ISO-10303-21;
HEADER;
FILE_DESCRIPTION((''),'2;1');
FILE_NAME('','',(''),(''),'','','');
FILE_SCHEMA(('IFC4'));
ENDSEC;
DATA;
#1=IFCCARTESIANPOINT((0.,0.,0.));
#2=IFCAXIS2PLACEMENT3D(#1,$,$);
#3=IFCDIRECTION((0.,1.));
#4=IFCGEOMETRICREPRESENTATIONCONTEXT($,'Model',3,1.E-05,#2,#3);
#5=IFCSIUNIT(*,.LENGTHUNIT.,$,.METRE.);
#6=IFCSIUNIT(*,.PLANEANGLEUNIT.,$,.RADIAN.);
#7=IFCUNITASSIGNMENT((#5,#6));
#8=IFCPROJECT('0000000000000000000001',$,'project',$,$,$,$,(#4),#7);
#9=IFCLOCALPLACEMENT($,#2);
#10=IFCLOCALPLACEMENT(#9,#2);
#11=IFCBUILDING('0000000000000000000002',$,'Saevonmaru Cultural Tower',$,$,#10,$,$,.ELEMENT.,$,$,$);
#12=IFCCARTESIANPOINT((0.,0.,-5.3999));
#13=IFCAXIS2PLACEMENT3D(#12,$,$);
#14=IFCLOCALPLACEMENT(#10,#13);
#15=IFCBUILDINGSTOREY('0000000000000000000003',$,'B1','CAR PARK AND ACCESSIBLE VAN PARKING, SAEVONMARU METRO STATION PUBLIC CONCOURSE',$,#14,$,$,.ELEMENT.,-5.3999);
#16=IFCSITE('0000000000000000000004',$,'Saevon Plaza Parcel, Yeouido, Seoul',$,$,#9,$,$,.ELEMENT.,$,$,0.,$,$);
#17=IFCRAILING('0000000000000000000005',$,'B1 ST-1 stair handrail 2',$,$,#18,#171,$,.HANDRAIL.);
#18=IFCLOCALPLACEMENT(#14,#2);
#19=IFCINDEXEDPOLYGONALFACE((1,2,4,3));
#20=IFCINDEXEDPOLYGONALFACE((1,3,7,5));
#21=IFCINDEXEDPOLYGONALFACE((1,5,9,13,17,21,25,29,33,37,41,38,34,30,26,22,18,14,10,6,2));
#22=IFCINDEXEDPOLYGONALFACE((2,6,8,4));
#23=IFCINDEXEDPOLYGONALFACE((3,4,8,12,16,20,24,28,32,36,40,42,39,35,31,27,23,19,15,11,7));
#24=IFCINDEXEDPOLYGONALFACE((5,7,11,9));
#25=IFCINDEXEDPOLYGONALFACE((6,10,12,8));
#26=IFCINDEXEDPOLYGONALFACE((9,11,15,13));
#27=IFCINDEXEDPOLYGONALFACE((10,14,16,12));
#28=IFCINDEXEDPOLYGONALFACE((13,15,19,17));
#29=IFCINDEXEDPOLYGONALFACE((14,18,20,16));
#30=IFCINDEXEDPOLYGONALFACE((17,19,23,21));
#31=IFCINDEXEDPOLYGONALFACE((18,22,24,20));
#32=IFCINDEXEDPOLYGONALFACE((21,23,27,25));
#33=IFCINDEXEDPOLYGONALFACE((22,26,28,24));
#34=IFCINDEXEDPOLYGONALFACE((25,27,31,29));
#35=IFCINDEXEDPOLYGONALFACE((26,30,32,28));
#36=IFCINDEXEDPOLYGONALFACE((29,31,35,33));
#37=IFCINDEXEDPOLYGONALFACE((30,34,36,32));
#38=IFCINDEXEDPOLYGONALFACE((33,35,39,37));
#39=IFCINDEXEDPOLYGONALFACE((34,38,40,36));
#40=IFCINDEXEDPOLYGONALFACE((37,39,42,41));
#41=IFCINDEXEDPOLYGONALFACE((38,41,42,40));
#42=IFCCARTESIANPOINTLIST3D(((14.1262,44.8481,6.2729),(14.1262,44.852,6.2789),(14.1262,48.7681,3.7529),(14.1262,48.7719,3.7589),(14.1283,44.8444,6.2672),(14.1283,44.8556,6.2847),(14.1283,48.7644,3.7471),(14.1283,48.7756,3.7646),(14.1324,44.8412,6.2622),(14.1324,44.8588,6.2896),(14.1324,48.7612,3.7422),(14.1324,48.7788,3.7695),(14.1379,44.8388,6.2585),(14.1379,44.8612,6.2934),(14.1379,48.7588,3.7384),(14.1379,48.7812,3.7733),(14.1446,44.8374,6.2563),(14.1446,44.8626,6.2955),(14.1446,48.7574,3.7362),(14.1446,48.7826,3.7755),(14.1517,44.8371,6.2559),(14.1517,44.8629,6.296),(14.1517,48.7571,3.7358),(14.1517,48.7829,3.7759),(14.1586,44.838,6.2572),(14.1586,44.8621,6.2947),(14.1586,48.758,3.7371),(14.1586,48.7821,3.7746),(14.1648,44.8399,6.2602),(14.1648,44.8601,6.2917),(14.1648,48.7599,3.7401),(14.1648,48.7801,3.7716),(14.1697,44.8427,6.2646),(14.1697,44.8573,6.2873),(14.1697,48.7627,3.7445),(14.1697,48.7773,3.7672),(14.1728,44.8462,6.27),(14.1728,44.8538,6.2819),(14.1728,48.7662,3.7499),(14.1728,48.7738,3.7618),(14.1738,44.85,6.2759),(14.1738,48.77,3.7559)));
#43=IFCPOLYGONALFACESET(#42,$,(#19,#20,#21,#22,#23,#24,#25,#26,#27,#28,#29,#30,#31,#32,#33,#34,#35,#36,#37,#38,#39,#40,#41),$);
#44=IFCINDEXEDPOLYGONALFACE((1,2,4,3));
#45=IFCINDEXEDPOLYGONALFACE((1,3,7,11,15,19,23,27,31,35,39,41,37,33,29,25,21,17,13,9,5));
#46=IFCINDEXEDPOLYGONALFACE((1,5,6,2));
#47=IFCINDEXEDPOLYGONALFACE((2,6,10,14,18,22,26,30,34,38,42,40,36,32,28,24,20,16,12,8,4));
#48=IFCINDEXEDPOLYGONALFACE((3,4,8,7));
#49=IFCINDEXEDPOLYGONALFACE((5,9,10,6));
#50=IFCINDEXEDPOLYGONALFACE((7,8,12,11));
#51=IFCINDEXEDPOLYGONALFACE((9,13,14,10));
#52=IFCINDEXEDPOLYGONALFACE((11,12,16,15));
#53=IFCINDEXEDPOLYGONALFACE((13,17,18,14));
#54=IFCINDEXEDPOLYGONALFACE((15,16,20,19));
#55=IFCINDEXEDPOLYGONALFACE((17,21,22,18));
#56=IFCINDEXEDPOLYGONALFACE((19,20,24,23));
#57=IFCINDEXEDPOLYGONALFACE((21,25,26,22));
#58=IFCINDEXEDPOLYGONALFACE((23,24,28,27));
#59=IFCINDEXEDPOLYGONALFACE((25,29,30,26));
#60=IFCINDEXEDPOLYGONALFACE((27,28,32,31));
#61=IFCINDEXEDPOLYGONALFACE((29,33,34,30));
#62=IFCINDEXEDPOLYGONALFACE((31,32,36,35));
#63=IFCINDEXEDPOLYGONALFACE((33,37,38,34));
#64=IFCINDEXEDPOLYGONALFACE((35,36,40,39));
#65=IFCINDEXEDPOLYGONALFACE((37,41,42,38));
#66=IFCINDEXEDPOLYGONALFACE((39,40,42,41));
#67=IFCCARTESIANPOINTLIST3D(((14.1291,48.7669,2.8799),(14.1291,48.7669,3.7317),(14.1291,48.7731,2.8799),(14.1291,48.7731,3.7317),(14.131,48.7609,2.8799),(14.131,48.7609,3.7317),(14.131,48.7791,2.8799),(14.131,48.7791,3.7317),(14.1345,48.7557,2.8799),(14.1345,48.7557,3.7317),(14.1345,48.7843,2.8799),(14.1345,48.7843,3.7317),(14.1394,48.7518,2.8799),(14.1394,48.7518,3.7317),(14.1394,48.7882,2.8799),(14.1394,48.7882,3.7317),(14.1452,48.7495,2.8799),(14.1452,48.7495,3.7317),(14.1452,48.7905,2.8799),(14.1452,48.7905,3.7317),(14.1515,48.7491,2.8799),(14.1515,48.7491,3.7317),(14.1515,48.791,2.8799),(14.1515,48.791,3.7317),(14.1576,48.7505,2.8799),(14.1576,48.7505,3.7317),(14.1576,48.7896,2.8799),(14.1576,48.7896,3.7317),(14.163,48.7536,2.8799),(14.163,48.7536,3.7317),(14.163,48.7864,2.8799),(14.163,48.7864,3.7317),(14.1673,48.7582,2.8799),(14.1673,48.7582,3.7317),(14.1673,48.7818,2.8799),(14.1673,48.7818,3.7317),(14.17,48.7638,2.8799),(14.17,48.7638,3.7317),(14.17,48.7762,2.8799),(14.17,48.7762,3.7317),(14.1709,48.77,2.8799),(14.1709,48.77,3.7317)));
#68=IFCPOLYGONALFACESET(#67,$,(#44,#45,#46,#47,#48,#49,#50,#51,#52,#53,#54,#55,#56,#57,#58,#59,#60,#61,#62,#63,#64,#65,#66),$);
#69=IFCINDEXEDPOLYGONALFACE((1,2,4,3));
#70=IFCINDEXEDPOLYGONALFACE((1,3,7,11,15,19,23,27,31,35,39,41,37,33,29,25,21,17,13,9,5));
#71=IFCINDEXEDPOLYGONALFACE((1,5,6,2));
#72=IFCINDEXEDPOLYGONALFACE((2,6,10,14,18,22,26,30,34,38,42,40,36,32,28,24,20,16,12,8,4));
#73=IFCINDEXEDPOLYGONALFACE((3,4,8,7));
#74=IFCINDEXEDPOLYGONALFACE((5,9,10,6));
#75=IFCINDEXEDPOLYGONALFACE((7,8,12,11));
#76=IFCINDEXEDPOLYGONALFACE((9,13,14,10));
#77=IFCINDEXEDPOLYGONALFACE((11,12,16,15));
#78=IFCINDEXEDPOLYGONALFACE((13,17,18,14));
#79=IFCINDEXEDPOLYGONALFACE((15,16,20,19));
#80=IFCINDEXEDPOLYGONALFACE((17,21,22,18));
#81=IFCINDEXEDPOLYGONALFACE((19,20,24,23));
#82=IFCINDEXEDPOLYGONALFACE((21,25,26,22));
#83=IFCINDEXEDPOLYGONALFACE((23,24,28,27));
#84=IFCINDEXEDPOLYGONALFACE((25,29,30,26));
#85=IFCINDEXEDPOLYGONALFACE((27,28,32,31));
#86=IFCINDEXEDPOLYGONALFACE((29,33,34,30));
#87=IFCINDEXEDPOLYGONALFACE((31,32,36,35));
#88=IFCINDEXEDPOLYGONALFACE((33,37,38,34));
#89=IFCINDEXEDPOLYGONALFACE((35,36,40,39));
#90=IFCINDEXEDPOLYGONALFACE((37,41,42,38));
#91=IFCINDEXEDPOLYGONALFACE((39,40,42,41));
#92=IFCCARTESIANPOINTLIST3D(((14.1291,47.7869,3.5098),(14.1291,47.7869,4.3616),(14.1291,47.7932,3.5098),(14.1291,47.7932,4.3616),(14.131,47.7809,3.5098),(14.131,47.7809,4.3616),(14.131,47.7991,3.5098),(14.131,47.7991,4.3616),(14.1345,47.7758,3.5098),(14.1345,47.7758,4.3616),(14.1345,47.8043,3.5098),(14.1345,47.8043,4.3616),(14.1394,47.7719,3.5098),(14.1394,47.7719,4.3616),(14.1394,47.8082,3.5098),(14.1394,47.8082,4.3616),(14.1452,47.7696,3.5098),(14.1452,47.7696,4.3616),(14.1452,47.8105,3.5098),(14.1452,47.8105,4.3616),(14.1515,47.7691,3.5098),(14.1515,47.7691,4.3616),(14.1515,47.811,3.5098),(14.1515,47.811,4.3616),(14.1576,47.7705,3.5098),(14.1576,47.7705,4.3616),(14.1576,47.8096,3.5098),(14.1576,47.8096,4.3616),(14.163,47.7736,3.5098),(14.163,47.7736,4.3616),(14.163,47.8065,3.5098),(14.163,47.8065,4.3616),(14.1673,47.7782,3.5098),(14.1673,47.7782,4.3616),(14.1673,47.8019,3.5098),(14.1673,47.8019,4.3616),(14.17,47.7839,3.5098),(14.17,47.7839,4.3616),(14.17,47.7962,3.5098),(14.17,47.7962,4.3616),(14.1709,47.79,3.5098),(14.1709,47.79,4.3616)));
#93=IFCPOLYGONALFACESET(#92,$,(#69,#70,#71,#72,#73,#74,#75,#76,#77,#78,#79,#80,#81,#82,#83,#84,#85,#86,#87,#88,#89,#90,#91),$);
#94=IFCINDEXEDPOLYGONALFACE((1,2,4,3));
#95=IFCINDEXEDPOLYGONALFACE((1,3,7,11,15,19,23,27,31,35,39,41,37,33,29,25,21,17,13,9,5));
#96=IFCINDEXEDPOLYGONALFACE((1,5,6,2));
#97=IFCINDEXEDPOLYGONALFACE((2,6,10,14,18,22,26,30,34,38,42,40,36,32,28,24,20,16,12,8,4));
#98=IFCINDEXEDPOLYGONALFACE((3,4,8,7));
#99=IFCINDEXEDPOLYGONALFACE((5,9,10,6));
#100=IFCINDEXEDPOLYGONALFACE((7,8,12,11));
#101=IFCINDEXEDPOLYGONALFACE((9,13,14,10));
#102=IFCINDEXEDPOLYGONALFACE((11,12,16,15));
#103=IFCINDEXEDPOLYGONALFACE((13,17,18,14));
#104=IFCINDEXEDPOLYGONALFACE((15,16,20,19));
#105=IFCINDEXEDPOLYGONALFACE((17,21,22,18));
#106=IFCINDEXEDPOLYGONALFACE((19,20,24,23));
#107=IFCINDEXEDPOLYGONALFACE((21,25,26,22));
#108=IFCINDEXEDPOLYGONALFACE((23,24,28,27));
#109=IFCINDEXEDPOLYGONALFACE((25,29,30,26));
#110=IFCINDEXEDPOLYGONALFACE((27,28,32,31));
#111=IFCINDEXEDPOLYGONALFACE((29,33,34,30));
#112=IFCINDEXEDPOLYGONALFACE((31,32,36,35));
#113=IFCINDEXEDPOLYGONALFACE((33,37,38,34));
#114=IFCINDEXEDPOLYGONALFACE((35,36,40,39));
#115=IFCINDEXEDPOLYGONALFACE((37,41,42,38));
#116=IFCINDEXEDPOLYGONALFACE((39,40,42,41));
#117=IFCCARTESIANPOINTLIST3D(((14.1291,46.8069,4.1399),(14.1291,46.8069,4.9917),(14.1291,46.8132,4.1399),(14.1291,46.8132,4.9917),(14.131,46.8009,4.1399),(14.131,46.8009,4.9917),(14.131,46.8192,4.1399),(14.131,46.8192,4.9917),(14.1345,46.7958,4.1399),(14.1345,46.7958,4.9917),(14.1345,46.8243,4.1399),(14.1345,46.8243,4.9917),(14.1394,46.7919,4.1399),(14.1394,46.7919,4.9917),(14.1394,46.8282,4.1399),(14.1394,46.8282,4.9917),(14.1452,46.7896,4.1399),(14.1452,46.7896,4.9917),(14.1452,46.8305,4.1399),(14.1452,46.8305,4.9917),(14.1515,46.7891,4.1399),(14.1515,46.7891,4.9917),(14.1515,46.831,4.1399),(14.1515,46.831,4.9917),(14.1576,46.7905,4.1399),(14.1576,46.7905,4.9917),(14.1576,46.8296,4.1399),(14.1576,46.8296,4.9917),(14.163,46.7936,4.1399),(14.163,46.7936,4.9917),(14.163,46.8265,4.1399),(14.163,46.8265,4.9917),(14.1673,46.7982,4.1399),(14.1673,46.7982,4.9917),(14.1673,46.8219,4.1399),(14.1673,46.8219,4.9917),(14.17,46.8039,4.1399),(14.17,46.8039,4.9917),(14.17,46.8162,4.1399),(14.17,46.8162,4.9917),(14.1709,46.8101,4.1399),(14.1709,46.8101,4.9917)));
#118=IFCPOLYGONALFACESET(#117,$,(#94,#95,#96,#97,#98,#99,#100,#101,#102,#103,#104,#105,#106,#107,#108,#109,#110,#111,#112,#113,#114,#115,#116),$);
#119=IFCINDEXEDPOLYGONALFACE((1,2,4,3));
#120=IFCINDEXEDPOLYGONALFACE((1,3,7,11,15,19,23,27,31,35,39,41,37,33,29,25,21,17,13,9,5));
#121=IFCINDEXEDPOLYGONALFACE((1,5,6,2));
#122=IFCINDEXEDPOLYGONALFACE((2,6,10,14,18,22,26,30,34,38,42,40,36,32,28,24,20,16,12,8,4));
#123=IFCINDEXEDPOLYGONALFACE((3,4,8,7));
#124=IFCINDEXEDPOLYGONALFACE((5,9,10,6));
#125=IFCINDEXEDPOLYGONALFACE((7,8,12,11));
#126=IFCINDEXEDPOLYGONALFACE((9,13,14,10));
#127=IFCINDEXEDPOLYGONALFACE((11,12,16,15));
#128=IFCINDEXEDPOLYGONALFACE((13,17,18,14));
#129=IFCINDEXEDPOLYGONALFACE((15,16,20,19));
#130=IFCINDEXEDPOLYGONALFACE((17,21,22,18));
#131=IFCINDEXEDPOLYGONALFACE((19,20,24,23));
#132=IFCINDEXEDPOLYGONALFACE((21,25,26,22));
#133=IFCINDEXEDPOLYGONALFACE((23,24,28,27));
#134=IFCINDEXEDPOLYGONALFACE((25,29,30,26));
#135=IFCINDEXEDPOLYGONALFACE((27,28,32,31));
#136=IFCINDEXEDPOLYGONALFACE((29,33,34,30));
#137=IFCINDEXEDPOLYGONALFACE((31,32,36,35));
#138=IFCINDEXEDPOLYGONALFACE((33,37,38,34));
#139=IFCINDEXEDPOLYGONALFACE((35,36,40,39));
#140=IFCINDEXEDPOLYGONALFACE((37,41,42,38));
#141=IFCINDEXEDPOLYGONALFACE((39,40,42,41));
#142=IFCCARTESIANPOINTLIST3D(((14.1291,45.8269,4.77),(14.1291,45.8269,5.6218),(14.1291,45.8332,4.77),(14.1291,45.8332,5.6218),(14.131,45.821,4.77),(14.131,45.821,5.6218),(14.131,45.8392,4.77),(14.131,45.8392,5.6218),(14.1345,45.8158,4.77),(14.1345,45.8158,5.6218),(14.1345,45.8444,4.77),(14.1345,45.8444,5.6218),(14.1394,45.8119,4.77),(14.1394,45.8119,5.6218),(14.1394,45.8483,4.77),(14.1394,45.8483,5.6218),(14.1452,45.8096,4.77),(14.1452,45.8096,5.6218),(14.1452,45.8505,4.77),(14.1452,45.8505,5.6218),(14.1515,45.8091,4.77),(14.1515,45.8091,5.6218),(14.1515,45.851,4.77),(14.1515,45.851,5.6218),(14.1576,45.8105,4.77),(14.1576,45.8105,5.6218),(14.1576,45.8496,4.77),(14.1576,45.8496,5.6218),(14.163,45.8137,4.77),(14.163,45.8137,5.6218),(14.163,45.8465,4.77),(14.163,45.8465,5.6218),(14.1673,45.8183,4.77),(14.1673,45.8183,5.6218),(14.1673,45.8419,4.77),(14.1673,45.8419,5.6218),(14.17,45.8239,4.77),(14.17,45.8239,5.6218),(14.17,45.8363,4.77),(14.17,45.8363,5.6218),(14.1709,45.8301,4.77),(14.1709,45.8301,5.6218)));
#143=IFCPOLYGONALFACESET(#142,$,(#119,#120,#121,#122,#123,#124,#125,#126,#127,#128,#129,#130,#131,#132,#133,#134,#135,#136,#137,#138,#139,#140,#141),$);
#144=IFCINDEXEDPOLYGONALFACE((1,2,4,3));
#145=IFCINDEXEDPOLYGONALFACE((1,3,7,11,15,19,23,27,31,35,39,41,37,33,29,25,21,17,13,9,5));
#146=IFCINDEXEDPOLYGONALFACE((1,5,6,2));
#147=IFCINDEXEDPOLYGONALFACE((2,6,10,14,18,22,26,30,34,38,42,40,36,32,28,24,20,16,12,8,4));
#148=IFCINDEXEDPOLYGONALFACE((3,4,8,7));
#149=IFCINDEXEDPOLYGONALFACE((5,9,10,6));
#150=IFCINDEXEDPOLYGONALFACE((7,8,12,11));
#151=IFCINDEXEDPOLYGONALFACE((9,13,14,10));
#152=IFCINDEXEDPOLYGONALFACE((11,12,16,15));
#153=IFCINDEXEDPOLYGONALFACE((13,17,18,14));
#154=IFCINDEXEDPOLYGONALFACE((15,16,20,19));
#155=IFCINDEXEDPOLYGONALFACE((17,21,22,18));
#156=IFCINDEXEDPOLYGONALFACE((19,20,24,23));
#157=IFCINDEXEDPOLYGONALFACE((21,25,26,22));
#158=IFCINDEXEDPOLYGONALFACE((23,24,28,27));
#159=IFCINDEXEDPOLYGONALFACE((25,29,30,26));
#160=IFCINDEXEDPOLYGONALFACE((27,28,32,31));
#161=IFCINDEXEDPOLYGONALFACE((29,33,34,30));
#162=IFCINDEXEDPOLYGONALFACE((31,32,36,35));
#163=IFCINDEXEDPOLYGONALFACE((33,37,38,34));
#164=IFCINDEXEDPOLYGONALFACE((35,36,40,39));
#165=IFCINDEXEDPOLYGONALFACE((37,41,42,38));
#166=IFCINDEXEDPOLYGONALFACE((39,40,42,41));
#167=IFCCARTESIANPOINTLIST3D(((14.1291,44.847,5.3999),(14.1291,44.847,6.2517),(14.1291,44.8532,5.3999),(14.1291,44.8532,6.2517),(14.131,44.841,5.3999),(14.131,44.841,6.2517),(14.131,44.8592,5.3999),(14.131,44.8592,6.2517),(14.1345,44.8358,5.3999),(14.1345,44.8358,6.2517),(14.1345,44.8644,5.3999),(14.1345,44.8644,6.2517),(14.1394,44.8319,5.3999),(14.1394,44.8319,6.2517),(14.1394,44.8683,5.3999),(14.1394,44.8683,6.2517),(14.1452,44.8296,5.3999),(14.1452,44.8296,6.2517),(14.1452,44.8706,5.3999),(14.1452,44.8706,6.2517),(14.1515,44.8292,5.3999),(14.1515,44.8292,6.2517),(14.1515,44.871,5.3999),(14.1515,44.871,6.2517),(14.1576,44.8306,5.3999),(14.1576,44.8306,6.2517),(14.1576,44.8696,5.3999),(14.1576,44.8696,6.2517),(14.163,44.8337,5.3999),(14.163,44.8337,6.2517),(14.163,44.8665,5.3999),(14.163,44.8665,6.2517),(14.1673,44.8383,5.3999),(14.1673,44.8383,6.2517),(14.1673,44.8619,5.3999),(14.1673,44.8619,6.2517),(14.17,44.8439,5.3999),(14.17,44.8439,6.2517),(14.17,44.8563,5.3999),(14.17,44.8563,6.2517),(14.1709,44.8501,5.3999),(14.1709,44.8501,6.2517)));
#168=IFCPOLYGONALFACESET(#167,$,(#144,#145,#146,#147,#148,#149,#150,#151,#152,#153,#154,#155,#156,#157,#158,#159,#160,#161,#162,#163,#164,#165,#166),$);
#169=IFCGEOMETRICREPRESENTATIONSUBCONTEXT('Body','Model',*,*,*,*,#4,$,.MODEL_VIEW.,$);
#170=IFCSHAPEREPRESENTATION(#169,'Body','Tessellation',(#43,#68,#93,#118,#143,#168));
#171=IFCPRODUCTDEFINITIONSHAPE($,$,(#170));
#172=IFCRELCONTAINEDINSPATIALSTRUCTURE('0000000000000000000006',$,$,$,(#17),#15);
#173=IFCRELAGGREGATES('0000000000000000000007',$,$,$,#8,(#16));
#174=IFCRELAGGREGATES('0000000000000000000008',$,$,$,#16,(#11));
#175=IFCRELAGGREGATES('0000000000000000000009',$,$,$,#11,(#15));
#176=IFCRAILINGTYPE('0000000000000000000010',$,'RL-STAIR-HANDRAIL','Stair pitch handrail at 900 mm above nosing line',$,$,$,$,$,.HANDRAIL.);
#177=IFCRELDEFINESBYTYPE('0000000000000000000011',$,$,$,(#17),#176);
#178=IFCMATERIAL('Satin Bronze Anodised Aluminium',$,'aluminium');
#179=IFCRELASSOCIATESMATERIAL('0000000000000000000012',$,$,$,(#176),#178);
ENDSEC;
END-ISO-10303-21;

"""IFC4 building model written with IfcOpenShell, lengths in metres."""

from ifc_helpers import new_model, si_unit, direction, frame, origin, origin_2d, place, context, subcontext, project, spatial, circle, extrude, material, type_object, element, save


model = new_model("IFC4")

# Units and contexts
model_context = context("Model", 3, precision=1e-05, world=origin(), true_north=direction((0.0, 1.0)))
body_context = subcontext(model_context, "Body", "Model", "MODEL_VIEW")
ifc_project = project(units=[si_unit("LENGTHUNIT", "METRE"), si_unit("PLANEANGLEUNIT", "RADIAN")], contexts=[model_context])

# Site, building, storey
site_placement = place(None, origin())
site = spatial("IfcSite", under=ifc_project, at=site_placement, Name="Saevon Plaza Parcel, Yeouido, Seoul", CompositionType="ELEMENT", RefElevation=0.0)
building_placement = place(site_placement, origin())
building = spatial("IfcBuilding", under=site, at=building_placement, Name="Saevonmaru Cultural Tower", CompositionType="ELEMENT")
storey_placement = place(building_placement, frame((0.0, 0.0, -5.3999)))
storey = spatial("IfcBuildingStorey", under=building, at=storey_placement, Name="B1", Description="CAR PARK AND ACCESSIBLE VAN PARKING, SAEVONMARU METRO STATION PUBLIC CONCOURSE", CompositionType="ELEMENT", Elevation=-5.3999)

# Shared definitions
ifc_material_1 = material(Name="Satin Bronze Anodised Aluminium", Category="aluminium")

# Railing
railing_type_1 = type_object("IfcRailingType", Name="RL-STAIR-HANDRAIL", Description="Stair pitch handrail at 900 mm above nosing line", PredefinedType="HANDRAIL", material=ifc_material_1)
railing_1_placement = place(storey_placement, frame((14.1499, 48.77, 2.8799)))
element("IfcRailing", 1, at=railing_1_placement, inside=storey, type_object=railing_type_1, Name="B1 ST-1 stair handrail 2", PredefinedType="HANDRAIL", context=body_context, shape_type="SweptSolid", body=[
    extrude(circle(Radius=0.0239, at=origin_2d()), frame((0.0, 0.0, 0.876), z_axis=(0.0, -0.841172, 0.540768), x_axis=(1.0, 0.0, 0.0)), (0.0, 0.0, 1.0), 4.6602),
    extrude(circle(Radius=0.021, at=origin_2d()), origin(), (0.0, 0.0, 1.0), 0.8518),
    extrude(circle(Radius=0.021, at=origin_2d()), frame((0.0, -0.98, 0.6299)), (0.0, 0.0, 1.0), 0.8518),
    extrude(circle(Radius=0.021, at=origin_2d()), frame((0.0, -1.96, 1.26)), (0.0, 0.0, 1.0), 0.8518),
    extrude(circle(Radius=0.021, at=origin_2d()), frame((0.0, -2.9399, 1.8901)), (0.0, 0.0, 1.0), 0.8518),
    extrude(circle(Radius=0.021, at=origin_2d()), frame((0.0, -3.9199, 2.52)), (0.0, 0.0, 1.0), 0.8518),
])

save(model, "model.ifc")
